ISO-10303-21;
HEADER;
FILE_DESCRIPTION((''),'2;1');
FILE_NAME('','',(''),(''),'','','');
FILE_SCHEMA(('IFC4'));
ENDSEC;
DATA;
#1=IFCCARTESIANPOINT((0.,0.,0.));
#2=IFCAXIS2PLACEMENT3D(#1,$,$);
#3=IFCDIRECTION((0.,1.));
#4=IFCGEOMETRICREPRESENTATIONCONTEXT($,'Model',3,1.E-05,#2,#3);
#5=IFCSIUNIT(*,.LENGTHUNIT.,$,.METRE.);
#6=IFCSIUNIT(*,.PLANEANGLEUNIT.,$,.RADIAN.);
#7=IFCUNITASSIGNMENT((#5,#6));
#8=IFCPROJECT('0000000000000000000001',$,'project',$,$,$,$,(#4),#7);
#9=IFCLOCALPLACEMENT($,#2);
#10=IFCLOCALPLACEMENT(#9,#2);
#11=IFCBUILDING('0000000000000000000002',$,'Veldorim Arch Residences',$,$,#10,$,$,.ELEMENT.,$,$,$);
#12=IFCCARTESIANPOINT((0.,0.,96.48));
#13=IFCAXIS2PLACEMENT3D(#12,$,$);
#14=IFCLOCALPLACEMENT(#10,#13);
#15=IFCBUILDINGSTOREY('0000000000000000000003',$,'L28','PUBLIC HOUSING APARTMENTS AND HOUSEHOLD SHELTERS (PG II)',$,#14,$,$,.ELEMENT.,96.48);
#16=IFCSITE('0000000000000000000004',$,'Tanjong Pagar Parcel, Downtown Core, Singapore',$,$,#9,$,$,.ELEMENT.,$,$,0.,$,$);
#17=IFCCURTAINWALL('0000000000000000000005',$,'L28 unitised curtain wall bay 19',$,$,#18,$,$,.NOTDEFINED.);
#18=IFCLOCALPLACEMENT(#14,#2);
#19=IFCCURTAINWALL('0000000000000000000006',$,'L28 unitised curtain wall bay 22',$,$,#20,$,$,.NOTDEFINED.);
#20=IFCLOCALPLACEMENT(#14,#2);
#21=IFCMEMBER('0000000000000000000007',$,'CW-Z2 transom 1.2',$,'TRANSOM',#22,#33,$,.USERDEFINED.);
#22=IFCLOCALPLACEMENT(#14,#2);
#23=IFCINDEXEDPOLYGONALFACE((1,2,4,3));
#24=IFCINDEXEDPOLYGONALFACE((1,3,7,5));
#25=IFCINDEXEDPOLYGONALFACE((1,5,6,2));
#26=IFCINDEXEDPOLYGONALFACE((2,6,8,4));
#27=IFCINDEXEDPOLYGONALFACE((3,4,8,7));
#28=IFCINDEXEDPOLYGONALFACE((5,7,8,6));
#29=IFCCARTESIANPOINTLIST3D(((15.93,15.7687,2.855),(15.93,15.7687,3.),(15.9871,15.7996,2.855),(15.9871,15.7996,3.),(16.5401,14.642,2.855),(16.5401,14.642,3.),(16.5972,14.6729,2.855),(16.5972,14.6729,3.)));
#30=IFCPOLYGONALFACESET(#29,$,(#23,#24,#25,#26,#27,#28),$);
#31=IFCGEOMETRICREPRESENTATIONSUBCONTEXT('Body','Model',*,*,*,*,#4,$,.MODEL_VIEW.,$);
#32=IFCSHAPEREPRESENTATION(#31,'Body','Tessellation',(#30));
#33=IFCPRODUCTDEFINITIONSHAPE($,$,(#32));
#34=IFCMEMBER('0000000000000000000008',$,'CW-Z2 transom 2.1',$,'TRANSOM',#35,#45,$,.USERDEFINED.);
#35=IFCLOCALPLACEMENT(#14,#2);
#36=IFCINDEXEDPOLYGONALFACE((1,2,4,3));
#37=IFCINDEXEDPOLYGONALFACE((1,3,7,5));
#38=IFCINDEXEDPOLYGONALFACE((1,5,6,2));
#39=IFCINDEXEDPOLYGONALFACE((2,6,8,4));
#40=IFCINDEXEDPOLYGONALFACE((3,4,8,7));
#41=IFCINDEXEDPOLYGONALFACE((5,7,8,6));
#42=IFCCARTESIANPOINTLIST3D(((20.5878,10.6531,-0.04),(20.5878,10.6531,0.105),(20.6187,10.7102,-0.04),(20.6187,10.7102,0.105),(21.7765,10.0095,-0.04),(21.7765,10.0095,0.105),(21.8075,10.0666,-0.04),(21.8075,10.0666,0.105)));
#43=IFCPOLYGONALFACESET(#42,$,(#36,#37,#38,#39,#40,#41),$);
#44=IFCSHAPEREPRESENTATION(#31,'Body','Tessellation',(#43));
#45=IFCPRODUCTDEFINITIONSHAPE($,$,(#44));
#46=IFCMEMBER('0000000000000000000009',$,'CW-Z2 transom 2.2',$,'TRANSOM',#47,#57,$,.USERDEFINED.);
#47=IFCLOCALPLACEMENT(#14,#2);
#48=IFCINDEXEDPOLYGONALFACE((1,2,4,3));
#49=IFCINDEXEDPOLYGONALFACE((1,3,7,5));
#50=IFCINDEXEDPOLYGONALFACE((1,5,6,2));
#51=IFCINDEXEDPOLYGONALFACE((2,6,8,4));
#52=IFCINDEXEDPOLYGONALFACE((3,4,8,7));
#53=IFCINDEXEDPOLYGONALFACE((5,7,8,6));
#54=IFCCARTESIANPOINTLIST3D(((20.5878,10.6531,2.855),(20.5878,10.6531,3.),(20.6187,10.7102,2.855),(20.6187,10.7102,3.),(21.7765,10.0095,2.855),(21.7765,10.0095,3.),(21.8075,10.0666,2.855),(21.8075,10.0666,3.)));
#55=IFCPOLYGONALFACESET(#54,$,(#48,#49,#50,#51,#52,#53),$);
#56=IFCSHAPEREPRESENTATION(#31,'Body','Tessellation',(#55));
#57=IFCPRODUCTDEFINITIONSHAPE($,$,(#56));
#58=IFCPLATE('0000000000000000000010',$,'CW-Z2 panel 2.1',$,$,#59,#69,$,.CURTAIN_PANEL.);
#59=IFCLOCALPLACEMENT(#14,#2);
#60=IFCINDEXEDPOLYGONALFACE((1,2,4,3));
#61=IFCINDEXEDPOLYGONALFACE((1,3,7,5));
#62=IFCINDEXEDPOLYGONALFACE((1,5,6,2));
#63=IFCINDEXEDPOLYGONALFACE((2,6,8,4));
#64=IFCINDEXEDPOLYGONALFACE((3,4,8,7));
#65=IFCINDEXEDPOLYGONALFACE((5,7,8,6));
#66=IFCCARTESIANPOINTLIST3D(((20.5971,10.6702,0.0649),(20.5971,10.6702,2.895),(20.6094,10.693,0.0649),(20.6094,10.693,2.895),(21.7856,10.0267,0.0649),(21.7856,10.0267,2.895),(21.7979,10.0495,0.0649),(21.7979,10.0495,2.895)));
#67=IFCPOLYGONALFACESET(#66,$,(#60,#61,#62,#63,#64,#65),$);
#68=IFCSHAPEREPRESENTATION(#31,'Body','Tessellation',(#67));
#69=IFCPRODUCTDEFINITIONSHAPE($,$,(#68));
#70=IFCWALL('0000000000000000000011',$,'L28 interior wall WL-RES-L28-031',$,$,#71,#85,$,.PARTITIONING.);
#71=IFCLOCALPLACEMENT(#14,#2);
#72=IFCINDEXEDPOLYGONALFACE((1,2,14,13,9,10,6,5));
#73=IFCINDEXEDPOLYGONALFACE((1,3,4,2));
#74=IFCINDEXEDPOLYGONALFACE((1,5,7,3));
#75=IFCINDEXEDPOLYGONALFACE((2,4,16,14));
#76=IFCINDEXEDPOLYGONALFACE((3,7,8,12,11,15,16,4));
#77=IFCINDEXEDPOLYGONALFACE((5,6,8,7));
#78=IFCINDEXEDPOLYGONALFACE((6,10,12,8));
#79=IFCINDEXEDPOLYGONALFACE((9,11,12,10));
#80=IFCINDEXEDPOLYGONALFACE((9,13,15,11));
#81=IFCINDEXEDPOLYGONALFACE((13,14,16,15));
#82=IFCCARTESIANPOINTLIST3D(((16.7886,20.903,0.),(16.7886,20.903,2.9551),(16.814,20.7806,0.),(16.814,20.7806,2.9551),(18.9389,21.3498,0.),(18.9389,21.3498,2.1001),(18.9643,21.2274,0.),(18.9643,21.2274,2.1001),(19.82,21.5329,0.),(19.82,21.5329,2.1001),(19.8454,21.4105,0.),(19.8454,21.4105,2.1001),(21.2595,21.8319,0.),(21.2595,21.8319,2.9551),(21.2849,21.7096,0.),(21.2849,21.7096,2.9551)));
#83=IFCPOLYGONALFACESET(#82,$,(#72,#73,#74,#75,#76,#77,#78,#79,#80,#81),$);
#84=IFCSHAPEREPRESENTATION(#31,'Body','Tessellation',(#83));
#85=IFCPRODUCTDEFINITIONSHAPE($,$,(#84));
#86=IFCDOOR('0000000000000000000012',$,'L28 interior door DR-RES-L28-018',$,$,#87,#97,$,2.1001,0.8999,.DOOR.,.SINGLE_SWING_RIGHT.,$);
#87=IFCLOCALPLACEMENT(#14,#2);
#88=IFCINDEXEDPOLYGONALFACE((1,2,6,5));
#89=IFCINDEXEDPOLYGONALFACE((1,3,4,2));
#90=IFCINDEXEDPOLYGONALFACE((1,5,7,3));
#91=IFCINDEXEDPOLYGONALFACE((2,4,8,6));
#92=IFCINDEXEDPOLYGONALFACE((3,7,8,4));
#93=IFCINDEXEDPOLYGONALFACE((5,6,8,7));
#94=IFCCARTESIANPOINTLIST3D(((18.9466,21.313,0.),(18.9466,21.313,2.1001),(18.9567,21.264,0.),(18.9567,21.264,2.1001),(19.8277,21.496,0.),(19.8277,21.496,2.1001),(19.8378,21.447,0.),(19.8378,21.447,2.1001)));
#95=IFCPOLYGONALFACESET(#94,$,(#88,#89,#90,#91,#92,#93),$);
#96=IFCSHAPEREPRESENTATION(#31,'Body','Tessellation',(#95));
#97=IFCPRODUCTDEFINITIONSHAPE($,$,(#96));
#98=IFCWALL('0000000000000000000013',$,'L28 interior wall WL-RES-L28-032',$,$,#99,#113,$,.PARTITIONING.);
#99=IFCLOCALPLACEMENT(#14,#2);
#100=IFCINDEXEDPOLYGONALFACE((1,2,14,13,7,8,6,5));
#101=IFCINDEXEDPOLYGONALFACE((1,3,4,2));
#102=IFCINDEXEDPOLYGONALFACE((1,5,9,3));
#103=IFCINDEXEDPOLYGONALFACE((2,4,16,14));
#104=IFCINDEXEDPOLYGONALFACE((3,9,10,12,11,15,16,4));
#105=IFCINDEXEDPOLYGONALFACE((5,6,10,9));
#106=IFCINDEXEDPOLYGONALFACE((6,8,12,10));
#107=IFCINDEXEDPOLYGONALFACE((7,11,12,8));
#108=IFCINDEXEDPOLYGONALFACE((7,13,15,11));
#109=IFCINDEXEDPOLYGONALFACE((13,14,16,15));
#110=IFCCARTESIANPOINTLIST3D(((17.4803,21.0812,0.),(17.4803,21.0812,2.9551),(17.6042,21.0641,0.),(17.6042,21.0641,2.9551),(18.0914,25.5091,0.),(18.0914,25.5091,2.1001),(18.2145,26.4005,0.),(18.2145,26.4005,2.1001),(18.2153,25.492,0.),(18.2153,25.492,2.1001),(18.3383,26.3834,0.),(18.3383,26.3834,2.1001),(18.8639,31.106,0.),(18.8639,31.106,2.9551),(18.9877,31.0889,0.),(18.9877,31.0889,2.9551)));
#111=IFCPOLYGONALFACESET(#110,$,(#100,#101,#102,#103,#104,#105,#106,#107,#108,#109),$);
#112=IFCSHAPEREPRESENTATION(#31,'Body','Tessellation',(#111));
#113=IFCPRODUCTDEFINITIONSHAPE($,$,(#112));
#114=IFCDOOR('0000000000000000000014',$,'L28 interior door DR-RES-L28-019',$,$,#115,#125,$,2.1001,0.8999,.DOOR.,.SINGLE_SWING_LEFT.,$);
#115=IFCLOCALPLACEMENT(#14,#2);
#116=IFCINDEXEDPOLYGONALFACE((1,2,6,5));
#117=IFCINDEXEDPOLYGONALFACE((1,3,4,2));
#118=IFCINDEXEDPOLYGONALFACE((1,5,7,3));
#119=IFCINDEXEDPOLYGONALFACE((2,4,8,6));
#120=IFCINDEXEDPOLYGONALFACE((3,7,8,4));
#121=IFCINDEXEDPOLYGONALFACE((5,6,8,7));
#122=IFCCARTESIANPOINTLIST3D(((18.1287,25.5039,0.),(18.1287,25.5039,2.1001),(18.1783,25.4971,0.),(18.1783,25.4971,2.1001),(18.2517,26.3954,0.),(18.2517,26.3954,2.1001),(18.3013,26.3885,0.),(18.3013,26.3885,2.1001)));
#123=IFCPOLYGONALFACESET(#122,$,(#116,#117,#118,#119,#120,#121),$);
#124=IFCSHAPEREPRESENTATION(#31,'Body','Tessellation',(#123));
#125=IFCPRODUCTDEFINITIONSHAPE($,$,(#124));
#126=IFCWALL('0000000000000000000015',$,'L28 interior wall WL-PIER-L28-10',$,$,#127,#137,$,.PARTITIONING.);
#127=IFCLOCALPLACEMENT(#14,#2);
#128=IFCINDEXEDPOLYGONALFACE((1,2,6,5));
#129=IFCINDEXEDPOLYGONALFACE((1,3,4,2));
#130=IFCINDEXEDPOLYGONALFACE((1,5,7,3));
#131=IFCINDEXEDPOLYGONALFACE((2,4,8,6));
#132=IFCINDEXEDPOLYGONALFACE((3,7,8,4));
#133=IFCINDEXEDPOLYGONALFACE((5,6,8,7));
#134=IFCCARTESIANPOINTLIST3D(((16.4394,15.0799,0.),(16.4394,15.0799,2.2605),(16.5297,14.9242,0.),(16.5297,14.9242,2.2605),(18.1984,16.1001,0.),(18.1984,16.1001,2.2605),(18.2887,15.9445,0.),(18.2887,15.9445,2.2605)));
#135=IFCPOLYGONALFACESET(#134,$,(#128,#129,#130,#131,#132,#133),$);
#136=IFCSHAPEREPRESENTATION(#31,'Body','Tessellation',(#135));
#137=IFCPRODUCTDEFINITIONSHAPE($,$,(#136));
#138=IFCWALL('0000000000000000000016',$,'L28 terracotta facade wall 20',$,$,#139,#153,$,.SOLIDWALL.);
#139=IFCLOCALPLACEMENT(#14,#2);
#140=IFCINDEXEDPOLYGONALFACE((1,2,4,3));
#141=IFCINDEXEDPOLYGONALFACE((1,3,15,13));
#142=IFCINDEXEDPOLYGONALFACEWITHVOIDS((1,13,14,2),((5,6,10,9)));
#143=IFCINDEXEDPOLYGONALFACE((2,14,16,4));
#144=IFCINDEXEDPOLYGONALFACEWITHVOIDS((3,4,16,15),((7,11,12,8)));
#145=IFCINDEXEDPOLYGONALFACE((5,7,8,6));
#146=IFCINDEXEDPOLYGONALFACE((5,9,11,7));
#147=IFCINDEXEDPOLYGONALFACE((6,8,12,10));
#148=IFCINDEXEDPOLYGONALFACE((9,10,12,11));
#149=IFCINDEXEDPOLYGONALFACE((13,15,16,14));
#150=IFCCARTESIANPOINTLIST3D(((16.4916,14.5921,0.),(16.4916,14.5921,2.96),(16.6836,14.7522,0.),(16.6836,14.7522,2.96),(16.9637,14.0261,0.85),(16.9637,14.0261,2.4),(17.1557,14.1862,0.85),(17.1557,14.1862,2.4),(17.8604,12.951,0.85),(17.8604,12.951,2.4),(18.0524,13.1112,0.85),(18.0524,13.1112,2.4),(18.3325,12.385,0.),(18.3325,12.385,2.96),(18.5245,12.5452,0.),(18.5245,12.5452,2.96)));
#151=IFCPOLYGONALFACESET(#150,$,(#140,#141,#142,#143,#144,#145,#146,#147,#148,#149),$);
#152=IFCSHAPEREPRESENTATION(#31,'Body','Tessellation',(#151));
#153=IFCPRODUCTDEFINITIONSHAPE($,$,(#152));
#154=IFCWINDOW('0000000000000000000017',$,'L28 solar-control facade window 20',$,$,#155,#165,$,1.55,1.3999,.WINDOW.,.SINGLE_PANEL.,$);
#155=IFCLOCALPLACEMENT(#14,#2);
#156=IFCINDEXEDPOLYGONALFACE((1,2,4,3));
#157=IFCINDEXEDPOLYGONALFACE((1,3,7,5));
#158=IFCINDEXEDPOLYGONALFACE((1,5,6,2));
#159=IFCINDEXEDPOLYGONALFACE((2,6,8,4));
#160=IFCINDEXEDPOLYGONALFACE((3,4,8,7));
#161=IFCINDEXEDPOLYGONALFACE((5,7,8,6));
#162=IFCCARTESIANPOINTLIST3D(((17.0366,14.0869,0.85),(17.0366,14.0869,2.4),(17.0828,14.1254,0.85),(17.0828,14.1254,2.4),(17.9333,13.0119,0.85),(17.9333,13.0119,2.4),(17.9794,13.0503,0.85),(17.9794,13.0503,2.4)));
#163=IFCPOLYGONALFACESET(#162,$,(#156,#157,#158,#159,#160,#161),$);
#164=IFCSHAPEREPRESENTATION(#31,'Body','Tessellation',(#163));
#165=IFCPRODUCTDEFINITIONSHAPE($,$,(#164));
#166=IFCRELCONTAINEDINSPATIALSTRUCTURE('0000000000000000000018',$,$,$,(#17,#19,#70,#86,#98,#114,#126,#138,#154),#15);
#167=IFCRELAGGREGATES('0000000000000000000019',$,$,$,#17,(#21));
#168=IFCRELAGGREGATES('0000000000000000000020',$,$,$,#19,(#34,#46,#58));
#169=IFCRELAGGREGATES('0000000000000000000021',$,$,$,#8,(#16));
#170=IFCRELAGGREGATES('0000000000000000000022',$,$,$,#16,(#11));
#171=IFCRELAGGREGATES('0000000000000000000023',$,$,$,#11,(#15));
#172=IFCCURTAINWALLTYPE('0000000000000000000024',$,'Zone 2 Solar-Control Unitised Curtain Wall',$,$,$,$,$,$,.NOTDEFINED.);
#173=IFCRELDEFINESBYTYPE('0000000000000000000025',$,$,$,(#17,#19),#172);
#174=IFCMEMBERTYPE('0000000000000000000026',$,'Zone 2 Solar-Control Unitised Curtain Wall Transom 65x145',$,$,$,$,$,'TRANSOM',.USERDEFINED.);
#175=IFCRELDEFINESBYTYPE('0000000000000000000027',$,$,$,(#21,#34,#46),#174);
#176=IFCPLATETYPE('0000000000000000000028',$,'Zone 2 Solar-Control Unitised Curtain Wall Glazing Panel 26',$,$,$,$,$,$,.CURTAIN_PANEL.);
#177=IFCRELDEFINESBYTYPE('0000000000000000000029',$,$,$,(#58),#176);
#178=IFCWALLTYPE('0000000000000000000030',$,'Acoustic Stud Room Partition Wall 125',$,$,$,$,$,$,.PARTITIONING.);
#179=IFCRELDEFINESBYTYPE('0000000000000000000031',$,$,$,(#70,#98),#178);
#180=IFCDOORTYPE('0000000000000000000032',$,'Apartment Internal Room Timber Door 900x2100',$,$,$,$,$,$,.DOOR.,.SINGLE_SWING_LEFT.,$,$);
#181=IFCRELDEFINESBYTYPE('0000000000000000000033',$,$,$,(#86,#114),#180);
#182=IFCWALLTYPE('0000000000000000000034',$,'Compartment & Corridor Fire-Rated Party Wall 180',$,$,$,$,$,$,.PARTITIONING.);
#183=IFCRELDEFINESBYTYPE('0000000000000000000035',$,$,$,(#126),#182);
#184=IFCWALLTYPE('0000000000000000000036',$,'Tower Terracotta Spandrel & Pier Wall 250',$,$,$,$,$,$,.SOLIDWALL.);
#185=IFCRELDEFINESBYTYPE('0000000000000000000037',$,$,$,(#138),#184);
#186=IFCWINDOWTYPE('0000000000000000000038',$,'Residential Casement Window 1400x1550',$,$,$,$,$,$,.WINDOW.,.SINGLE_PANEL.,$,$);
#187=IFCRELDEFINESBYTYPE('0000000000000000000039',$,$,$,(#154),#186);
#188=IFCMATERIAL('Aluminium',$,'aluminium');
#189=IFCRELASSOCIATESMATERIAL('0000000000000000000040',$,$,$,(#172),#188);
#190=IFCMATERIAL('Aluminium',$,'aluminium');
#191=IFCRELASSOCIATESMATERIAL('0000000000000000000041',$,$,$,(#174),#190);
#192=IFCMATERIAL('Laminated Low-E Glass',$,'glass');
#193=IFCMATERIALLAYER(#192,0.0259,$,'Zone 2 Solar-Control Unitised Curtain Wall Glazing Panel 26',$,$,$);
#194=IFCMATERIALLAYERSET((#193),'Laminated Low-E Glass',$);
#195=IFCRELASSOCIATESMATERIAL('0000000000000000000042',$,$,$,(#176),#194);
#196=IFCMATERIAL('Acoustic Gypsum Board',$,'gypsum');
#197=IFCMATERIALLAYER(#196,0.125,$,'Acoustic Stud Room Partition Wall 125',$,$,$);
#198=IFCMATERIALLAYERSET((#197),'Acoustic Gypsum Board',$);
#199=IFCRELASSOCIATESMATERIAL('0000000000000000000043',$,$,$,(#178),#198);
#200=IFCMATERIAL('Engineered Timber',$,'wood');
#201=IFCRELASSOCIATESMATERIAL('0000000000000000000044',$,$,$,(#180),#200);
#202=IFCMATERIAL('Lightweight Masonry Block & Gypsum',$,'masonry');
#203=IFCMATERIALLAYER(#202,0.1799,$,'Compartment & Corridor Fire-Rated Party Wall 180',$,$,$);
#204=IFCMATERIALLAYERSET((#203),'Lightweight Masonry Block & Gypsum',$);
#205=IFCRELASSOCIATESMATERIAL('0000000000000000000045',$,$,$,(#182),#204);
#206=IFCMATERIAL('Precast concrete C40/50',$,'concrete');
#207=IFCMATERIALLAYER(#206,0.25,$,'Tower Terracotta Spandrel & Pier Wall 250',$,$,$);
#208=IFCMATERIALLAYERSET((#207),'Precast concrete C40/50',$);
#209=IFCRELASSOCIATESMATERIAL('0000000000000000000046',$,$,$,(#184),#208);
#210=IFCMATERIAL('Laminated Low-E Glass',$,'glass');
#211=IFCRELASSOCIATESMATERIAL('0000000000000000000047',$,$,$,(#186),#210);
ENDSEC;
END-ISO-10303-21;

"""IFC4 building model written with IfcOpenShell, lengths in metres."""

from ifc_helpers import new_model, si_unit, direction, frame, frame_2d, origin, origin_2d, place, context, subcontext, project, spatial, rectangle, extrude, material, layer, layer_set, material_profile, profile_set, type_object, element, fill, aggregate, save


model = new_model("IFC4")

# Units and contexts
model_context = context("Model", 3, precision=1e-05, world=origin(), true_north=direction((0.0, 1.0)))
body_context = subcontext(model_context, "Body", "Model", "MODEL_VIEW")
ifc_project = project(units=[si_unit("LENGTHUNIT", "METRE"), si_unit("PLANEANGLEUNIT", "RADIAN")], contexts=[model_context])

# Site, building, storey
site_placement = place(None, origin())
site = spatial("IfcSite", under=ifc_project, at=site_placement, Name="Tanjong Pagar Parcel, Downtown Core, Singapore", CompositionType="ELEMENT", RefElevation=0.0)
building_placement = place(site_placement, origin())
building = spatial("IfcBuilding", under=site, at=building_placement, Name="Veldorim Arch Residences", CompositionType="ELEMENT")
storey_placement = place(building_placement, frame((0.0, 0.0, 96.48)))
storey = spatial("IfcBuildingStorey", under=building, at=storey_placement, Name="L28", Description="PUBLIC HOUSING APARTMENTS AND HOUSEHOLD SHELTERS (PG II)", CompositionType="ELEMENT", Elevation=96.48)

# Curtain walls
ifc_material_1 = material(Name="Aluminium", Category="aluminium")
curtain_wall_type = type_object("IfcCurtainWallType", Name="Zone 2 Solar-Control Unitised Curtain Wall", PredefinedType="NOTDEFINED", material=ifc_material_1)
curtain_wall_1_placement = place(storey_placement, origin())
curtain_wall_1 = element("IfcCurtainWall", 1, at=curtain_wall_1_placement, inside=storey, type_object=curtain_wall_type, Name="L28 unitised curtain wall bay 19", PredefinedType="NOTDEFINED")
curtain_wall_2_placement = place(storey_placement, origin())
curtain_wall_2 = element("IfcCurtainWall", 2, at=curtain_wall_2_placement, inside=storey, type_object=curtain_wall_type, Name="L28 unitised curtain wall bay 22", PredefinedType="NOTDEFINED")

# Members
ifc_material_2 = material(Name="Aluminium", Category="aluminium")
ifc_material_profile_1 = material_profile(ifc_material_2, rectangle(XDim=0.0649, YDim=0.145, at=origin_2d()), Name="ALU_TRN_65x145")
ifc_profile_set_1 = profile_set([ifc_material_profile_1], Name="Aluminium")
member_type_1 = type_object("IfcMemberType", Name="Zone 2 Solar-Control Unitised Curtain Wall Transom 65x145", ElementType="TRANSOM", PredefinedType="USERDEFINED", material=ifc_profile_set_1)
member_1_placement = place(storey_placement, frame((16.5686, 14.6575, 2.9275), z_axis=(-0.476167, 0.879355, 0.0), x_axis=(-0.879355, -0.476167, 0.0)))
member_1 = element("IfcMember", 3, at=member_1_placement, type_object=member_type_1, Name="CW-Z2 transom 1.2", ObjectType="TRANSOM", PredefinedType="USERDEFINED", context=body_context, shape_type="SweptSolid", body=[
    extrude(rectangle(XDim=0.0649, YDim=0.145, at=origin_2d()), origin(), (0.0, 0.0, 1.0), 1.2812),
])
aggregate(curtain_wall_1, [member_1])
member_2_placement = place(storey_placement, frame((21.792, 10.0381, 0.0325), z_axis=(-0.879396, 0.476091, 0.0), x_axis=(-0.476091, -0.879396, 0.0)))
member_2 = element("IfcMember", 4, at=member_2_placement, type_object=member_type_1, Name="CW-Z2 transom 2.1", ObjectType="TRANSOM", PredefinedType="USERDEFINED", context=body_context, shape_type="SweptSolid", body=[
    extrude(rectangle(XDim=0.0649, YDim=0.145, at=origin_2d()), origin(), (0.0, 0.0, 1.0), 1.3518),
])
member_3_placement = place(storey_placement, frame((21.792, 10.0381, 2.9275), z_axis=(-0.879396, 0.476091, 0.0), x_axis=(-0.476091, -0.879396, 0.0)))
member_3 = element("IfcMember", 5, at=member_3_placement, type_object=member_type_1, Name="CW-Z2 transom 2.2", ObjectType="TRANSOM", PredefinedType="USERDEFINED", context=body_context, shape_type="SweptSolid", body=[
    extrude(rectangle(XDim=0.0649, YDim=0.145, at=origin_2d()), origin(), (0.0, 0.0, 1.0), 1.3518),
])

# Plate
ifc_material_3 = material(Name="Laminated Low-E Glass", Category="glass")
ifc_layer_1 = layer(ifc_material_3, 0.0259, Name="Zone 2 Solar-Control Unitised Curtain Wall Glazing Panel 26")
ifc_layer_set_1 = layer_set([ifc_layer_1], Name="Laminated Low-E Glass")
plate_type = type_object("IfcPlateType", Name="Zone 2 Solar-Control Unitised Curtain Wall Glazing Panel 26", PredefinedType="CURTAIN_PANEL", material=ifc_layer_set_1)
plate_placement = place(storey_placement, frame((21.1975, 10.3599, 0.0649), z_axis=(0.0, 0.0, 1.0), x_axis=(-0.879393, 0.476096, 0.0)))
plate = element("IfcPlate", 6, at=plate_placement, type_object=plate_type, Name="CW-Z2 panel 2.1", PredefinedType="CURTAIN_PANEL", context=body_context, shape_type="SweptSolid", body=[
    extrude(rectangle(XDim=1.3516, YDim=0.0259, at=origin_2d()), origin(), (0.0, 0.0, 1.0), 2.8301),
])
aggregate(curtain_wall_2, [member_2, member_3, plate])

# Walls, openings, doors
ifc_material_4 = material(Name="Acoustic Gypsum Board", Category="gypsum")
ifc_layer_2 = layer(ifc_material_4, 0.125, Name="Acoustic Stud Room Partition Wall 125")
ifc_layer_set_2 = layer_set([ifc_layer_2], Name="Acoustic Gypsum Board")
wall_type_1 = type_object("IfcWallType", Name="Acoustic Stud Room Partition Wall 125", PredefinedType="PARTITIONING", material=ifc_layer_set_2)
wall_1_placement = place(storey_placement, frame((16.8013, 20.8418, 0.0), z_axis=(0.0, 0.0, 1.0), x_axis=(0.979089, 0.203431, 0.0)))
wall_1 = element("IfcWall", 7, at=wall_1_placement, inside=storey, type_object=wall_type_1, Name="L28 interior wall WL-RES-L28-031", PredefinedType="PARTITIONING", context=body_context, shape_type="SweptSolid", body=[
    extrude(rectangle(XDim=4.5664, YDim=0.125, at=frame_2d((2.2832, 0.0))), origin(), (0.0, 0.0, 1.0), 2.9551),
])
opening_1_placement = place(wall_1_placement, frame((2.1963, 0.0, 0.0)))
opening_1 = element("IfcOpeningElement", 8, at=opening_1_placement, cuts=wall_1, PredefinedType="OPENING", context=body_context, shape_type="SweptSolid", body=[
    extrude(rectangle(XDim=0.8999, YDim=2.1001, at=frame_2d((0.45, 1.05))), frame((0.0, 0.0725, 0.0), z_axis=(0.0, -1.0, 0.0), x_axis=(1.0, 0.0, 0.0)), (0.0, 0.0, 1.0), 0.145),
])
ifc_material_5 = material(Name="Engineered Timber", Category="wood")
door_type_1 = type_object("IfcDoorType", Name="Apartment Internal Room Timber Door 900x2100", OperationType="SINGLE_SWING_LEFT", PredefinedType="DOOR", material=ifc_material_5)
door_1_placement = place(opening_1_placement, origin())
door_1 = element("IfcDoor", 9, at=door_1_placement, inside=storey, type_object=door_type_1, Name="L28 interior door DR-RES-L28-018", OperationType="SINGLE_SWING_RIGHT", OverallHeight=2.1001, OverallWidth=0.8999, PredefinedType="DOOR", context=body_context, shape_type="SweptSolid", body=[
    extrude(rectangle(XDim=0.8999, YDim=2.1001, at=frame_2d((0.45, 1.05))), frame((0.0, 0.0249, 0.0), z_axis=(0.0, -1.0, 0.0), x_axis=(1.0, 0.0, 0.0)), (0.0, 0.0, 1.0), 0.05),
])
fill(opening_1, door_1)
wall_2_placement = place(storey_placement, frame((17.5422, 21.0725, 0.0), z_axis=(0.0, 0.0, 1.0), x_axis=(0.136715, 0.99061, 0.0)))
wall_2 = element("IfcWall", 10, at=wall_2_placement, inside=storey, type_object=wall_type_1, Name="L28 interior wall WL-RES-L28-032", PredefinedType="PARTITIONING", context=body_context, shape_type="SweptSolid", body=[
    extrude(rectangle(XDim=10.1199, YDim=0.125, at=frame_2d((5.0601, 0.0))), origin(), (0.0, 0.0, 1.0), 2.9551),
])
opening_2_placement = place(wall_2_placement, frame((4.47, 0.0, 0.0)))
opening_2 = element("IfcOpeningElement", 11, at=opening_2_placement, cuts=wall_2, PredefinedType="OPENING", context=body_context, shape_type="SweptSolid", body=[
    extrude(rectangle(XDim=0.8999, YDim=2.1001, at=frame_2d((0.45, 1.05))), frame((0.0, 0.0725, 0.0), z_axis=(0.0, -1.0, 0.0), x_axis=(1.0, 0.0, 0.0)), (0.0, 0.0, 1.0), 0.145),
])
door_2_placement = place(opening_2_placement, origin())
door_2 = element("IfcDoor", 12, at=door_2_placement, inside=storey, type_object=door_type_1, Name="L28 interior door DR-RES-L28-019", OperationType="SINGLE_SWING_LEFT", OverallHeight=2.1001, OverallWidth=0.8999, PredefinedType="DOOR", context=body_context, shape_type="SweptSolid", body=[
    extrude(rectangle(XDim=0.8999, YDim=2.1001, at=frame_2d((0.45, 1.05))), frame((0.0, 0.0249, 0.0), z_axis=(0.0, -1.0, 0.0), x_axis=(1.0, 0.0, 0.0)), (0.0, 0.0, 1.0), 0.05),
])
fill(opening_2, door_2)

# Wall
ifc_material_6 = material(Name="Lightweight Masonry Block & Gypsum", Category="masonry")
ifc_layer_3 = layer(ifc_material_6, 0.1799, Name="Compartment & Corridor Fire-Rated Party Wall 180")
ifc_layer_set_3 = layer_set([ifc_layer_3], Name="Lightweight Masonry Block & Gypsum")
wall_type_2 = type_object("IfcWallType", Name="Compartment & Corridor Fire-Rated Party Wall 180", PredefinedType="PARTITIONING", material=ifc_layer_set_3)
wall_3_placement = place(storey_placement, frame((18.2434, 16.0222, 0.0), z_axis=(0.0, 0.0, 1.0), x_axis=(-0.865026, -0.501727, 0.0)))
element("IfcWall", 13, at=wall_3_placement, inside=storey, type_object=wall_type_2, Name="L28 interior wall WL-PIER-L28-10", PredefinedType="PARTITIONING", context=body_context, shape_type="SweptSolid", body=[
    extrude(rectangle(XDim=2.0334, YDim=0.1799, at=frame_2d((1.0166, 0.0))), origin(), (0.0, 0.0, 1.0), 2.2605),
])

# Wall, opening, window
ifc_material_7 = material(Name="Precast concrete C40/50", Category="concrete")
ifc_layer_4 = layer(ifc_material_7, 0.25, Name="Tower Terracotta Spandrel & Pier Wall 250")
ifc_layer_set_4 = layer_set([ifc_layer_4], Name="Precast concrete C40/50")
wall_type_3 = type_object("IfcWallType", Name="Tower Terracotta Spandrel & Pier Wall 250", PredefinedType="SOLIDWALL", material=ifc_layer_set_4)
wall_4_placement = place(storey_placement, frame((18.4285, 12.4651, 0.0), z_axis=(0.0, 0.0, 1.0), x_axis=(-0.640519, 0.767943, 0.0)))
wall_4 = element("IfcWall", 14, at=wall_4_placement, inside=storey, type_object=wall_type_3, Name="L28 terracotta facade wall 20", PredefinedType="SOLIDWALL", context=body_context, shape_type="SweptSolid", body=[
    extrude(rectangle(XDim=2.874, YDim=0.25, at=frame_2d((1.437, 0.0))), origin(), (0.0, 0.0, 1.0), 2.96),
])
opening_3_placement = place(wall_4_placement, frame((0.7371, 0.0, 0.8501)))
opening_3 = element("IfcOpeningElement", 15, at=opening_3_placement, cuts=wall_4, PredefinedType="OPENING", context=body_context, shape_type="SweptSolid", body=[
    extrude(rectangle(XDim=1.3999, YDim=1.55, at=frame_2d((0.7, 0.7749))), frame((0.0, 0.135, 0.0), z_axis=(0.0, -1.0, 0.0), x_axis=(1.0, 0.0, 0.0)), (0.0, 0.0, 1.0), 0.27),
])
ifc_material_8 = material(Name="Laminated Low-E Glass", Category="glass")
window_type = type_object("IfcWindowType", Name="Residential Casement Window 1400x1550", PartitioningType="SINGLE_PANEL", PredefinedType="WINDOW", material=ifc_material_8)
window_placement = place(opening_3_placement, origin())
window = element("IfcWindow", 16, at=window_placement, inside=storey, type_object=window_type, Name="L28 solar-control facade window 20", OverallHeight=1.55, OverallWidth=1.3999, PartitioningType="SINGLE_PANEL", PredefinedType="WINDOW", context=body_context, shape_type="SweptSolid", body=[
    extrude(rectangle(XDim=1.3999, YDim=1.55, at=frame_2d((0.7, 0.7749))), frame((0.0, 0.03, 0.0), z_axis=(0.0, -1.0, 0.0), x_axis=(1.0, 0.0, 0.0)), (0.0, 0.0, 1.0), 0.0601),
])
fill(opening_3, window)

save(model, "model.ifc")
